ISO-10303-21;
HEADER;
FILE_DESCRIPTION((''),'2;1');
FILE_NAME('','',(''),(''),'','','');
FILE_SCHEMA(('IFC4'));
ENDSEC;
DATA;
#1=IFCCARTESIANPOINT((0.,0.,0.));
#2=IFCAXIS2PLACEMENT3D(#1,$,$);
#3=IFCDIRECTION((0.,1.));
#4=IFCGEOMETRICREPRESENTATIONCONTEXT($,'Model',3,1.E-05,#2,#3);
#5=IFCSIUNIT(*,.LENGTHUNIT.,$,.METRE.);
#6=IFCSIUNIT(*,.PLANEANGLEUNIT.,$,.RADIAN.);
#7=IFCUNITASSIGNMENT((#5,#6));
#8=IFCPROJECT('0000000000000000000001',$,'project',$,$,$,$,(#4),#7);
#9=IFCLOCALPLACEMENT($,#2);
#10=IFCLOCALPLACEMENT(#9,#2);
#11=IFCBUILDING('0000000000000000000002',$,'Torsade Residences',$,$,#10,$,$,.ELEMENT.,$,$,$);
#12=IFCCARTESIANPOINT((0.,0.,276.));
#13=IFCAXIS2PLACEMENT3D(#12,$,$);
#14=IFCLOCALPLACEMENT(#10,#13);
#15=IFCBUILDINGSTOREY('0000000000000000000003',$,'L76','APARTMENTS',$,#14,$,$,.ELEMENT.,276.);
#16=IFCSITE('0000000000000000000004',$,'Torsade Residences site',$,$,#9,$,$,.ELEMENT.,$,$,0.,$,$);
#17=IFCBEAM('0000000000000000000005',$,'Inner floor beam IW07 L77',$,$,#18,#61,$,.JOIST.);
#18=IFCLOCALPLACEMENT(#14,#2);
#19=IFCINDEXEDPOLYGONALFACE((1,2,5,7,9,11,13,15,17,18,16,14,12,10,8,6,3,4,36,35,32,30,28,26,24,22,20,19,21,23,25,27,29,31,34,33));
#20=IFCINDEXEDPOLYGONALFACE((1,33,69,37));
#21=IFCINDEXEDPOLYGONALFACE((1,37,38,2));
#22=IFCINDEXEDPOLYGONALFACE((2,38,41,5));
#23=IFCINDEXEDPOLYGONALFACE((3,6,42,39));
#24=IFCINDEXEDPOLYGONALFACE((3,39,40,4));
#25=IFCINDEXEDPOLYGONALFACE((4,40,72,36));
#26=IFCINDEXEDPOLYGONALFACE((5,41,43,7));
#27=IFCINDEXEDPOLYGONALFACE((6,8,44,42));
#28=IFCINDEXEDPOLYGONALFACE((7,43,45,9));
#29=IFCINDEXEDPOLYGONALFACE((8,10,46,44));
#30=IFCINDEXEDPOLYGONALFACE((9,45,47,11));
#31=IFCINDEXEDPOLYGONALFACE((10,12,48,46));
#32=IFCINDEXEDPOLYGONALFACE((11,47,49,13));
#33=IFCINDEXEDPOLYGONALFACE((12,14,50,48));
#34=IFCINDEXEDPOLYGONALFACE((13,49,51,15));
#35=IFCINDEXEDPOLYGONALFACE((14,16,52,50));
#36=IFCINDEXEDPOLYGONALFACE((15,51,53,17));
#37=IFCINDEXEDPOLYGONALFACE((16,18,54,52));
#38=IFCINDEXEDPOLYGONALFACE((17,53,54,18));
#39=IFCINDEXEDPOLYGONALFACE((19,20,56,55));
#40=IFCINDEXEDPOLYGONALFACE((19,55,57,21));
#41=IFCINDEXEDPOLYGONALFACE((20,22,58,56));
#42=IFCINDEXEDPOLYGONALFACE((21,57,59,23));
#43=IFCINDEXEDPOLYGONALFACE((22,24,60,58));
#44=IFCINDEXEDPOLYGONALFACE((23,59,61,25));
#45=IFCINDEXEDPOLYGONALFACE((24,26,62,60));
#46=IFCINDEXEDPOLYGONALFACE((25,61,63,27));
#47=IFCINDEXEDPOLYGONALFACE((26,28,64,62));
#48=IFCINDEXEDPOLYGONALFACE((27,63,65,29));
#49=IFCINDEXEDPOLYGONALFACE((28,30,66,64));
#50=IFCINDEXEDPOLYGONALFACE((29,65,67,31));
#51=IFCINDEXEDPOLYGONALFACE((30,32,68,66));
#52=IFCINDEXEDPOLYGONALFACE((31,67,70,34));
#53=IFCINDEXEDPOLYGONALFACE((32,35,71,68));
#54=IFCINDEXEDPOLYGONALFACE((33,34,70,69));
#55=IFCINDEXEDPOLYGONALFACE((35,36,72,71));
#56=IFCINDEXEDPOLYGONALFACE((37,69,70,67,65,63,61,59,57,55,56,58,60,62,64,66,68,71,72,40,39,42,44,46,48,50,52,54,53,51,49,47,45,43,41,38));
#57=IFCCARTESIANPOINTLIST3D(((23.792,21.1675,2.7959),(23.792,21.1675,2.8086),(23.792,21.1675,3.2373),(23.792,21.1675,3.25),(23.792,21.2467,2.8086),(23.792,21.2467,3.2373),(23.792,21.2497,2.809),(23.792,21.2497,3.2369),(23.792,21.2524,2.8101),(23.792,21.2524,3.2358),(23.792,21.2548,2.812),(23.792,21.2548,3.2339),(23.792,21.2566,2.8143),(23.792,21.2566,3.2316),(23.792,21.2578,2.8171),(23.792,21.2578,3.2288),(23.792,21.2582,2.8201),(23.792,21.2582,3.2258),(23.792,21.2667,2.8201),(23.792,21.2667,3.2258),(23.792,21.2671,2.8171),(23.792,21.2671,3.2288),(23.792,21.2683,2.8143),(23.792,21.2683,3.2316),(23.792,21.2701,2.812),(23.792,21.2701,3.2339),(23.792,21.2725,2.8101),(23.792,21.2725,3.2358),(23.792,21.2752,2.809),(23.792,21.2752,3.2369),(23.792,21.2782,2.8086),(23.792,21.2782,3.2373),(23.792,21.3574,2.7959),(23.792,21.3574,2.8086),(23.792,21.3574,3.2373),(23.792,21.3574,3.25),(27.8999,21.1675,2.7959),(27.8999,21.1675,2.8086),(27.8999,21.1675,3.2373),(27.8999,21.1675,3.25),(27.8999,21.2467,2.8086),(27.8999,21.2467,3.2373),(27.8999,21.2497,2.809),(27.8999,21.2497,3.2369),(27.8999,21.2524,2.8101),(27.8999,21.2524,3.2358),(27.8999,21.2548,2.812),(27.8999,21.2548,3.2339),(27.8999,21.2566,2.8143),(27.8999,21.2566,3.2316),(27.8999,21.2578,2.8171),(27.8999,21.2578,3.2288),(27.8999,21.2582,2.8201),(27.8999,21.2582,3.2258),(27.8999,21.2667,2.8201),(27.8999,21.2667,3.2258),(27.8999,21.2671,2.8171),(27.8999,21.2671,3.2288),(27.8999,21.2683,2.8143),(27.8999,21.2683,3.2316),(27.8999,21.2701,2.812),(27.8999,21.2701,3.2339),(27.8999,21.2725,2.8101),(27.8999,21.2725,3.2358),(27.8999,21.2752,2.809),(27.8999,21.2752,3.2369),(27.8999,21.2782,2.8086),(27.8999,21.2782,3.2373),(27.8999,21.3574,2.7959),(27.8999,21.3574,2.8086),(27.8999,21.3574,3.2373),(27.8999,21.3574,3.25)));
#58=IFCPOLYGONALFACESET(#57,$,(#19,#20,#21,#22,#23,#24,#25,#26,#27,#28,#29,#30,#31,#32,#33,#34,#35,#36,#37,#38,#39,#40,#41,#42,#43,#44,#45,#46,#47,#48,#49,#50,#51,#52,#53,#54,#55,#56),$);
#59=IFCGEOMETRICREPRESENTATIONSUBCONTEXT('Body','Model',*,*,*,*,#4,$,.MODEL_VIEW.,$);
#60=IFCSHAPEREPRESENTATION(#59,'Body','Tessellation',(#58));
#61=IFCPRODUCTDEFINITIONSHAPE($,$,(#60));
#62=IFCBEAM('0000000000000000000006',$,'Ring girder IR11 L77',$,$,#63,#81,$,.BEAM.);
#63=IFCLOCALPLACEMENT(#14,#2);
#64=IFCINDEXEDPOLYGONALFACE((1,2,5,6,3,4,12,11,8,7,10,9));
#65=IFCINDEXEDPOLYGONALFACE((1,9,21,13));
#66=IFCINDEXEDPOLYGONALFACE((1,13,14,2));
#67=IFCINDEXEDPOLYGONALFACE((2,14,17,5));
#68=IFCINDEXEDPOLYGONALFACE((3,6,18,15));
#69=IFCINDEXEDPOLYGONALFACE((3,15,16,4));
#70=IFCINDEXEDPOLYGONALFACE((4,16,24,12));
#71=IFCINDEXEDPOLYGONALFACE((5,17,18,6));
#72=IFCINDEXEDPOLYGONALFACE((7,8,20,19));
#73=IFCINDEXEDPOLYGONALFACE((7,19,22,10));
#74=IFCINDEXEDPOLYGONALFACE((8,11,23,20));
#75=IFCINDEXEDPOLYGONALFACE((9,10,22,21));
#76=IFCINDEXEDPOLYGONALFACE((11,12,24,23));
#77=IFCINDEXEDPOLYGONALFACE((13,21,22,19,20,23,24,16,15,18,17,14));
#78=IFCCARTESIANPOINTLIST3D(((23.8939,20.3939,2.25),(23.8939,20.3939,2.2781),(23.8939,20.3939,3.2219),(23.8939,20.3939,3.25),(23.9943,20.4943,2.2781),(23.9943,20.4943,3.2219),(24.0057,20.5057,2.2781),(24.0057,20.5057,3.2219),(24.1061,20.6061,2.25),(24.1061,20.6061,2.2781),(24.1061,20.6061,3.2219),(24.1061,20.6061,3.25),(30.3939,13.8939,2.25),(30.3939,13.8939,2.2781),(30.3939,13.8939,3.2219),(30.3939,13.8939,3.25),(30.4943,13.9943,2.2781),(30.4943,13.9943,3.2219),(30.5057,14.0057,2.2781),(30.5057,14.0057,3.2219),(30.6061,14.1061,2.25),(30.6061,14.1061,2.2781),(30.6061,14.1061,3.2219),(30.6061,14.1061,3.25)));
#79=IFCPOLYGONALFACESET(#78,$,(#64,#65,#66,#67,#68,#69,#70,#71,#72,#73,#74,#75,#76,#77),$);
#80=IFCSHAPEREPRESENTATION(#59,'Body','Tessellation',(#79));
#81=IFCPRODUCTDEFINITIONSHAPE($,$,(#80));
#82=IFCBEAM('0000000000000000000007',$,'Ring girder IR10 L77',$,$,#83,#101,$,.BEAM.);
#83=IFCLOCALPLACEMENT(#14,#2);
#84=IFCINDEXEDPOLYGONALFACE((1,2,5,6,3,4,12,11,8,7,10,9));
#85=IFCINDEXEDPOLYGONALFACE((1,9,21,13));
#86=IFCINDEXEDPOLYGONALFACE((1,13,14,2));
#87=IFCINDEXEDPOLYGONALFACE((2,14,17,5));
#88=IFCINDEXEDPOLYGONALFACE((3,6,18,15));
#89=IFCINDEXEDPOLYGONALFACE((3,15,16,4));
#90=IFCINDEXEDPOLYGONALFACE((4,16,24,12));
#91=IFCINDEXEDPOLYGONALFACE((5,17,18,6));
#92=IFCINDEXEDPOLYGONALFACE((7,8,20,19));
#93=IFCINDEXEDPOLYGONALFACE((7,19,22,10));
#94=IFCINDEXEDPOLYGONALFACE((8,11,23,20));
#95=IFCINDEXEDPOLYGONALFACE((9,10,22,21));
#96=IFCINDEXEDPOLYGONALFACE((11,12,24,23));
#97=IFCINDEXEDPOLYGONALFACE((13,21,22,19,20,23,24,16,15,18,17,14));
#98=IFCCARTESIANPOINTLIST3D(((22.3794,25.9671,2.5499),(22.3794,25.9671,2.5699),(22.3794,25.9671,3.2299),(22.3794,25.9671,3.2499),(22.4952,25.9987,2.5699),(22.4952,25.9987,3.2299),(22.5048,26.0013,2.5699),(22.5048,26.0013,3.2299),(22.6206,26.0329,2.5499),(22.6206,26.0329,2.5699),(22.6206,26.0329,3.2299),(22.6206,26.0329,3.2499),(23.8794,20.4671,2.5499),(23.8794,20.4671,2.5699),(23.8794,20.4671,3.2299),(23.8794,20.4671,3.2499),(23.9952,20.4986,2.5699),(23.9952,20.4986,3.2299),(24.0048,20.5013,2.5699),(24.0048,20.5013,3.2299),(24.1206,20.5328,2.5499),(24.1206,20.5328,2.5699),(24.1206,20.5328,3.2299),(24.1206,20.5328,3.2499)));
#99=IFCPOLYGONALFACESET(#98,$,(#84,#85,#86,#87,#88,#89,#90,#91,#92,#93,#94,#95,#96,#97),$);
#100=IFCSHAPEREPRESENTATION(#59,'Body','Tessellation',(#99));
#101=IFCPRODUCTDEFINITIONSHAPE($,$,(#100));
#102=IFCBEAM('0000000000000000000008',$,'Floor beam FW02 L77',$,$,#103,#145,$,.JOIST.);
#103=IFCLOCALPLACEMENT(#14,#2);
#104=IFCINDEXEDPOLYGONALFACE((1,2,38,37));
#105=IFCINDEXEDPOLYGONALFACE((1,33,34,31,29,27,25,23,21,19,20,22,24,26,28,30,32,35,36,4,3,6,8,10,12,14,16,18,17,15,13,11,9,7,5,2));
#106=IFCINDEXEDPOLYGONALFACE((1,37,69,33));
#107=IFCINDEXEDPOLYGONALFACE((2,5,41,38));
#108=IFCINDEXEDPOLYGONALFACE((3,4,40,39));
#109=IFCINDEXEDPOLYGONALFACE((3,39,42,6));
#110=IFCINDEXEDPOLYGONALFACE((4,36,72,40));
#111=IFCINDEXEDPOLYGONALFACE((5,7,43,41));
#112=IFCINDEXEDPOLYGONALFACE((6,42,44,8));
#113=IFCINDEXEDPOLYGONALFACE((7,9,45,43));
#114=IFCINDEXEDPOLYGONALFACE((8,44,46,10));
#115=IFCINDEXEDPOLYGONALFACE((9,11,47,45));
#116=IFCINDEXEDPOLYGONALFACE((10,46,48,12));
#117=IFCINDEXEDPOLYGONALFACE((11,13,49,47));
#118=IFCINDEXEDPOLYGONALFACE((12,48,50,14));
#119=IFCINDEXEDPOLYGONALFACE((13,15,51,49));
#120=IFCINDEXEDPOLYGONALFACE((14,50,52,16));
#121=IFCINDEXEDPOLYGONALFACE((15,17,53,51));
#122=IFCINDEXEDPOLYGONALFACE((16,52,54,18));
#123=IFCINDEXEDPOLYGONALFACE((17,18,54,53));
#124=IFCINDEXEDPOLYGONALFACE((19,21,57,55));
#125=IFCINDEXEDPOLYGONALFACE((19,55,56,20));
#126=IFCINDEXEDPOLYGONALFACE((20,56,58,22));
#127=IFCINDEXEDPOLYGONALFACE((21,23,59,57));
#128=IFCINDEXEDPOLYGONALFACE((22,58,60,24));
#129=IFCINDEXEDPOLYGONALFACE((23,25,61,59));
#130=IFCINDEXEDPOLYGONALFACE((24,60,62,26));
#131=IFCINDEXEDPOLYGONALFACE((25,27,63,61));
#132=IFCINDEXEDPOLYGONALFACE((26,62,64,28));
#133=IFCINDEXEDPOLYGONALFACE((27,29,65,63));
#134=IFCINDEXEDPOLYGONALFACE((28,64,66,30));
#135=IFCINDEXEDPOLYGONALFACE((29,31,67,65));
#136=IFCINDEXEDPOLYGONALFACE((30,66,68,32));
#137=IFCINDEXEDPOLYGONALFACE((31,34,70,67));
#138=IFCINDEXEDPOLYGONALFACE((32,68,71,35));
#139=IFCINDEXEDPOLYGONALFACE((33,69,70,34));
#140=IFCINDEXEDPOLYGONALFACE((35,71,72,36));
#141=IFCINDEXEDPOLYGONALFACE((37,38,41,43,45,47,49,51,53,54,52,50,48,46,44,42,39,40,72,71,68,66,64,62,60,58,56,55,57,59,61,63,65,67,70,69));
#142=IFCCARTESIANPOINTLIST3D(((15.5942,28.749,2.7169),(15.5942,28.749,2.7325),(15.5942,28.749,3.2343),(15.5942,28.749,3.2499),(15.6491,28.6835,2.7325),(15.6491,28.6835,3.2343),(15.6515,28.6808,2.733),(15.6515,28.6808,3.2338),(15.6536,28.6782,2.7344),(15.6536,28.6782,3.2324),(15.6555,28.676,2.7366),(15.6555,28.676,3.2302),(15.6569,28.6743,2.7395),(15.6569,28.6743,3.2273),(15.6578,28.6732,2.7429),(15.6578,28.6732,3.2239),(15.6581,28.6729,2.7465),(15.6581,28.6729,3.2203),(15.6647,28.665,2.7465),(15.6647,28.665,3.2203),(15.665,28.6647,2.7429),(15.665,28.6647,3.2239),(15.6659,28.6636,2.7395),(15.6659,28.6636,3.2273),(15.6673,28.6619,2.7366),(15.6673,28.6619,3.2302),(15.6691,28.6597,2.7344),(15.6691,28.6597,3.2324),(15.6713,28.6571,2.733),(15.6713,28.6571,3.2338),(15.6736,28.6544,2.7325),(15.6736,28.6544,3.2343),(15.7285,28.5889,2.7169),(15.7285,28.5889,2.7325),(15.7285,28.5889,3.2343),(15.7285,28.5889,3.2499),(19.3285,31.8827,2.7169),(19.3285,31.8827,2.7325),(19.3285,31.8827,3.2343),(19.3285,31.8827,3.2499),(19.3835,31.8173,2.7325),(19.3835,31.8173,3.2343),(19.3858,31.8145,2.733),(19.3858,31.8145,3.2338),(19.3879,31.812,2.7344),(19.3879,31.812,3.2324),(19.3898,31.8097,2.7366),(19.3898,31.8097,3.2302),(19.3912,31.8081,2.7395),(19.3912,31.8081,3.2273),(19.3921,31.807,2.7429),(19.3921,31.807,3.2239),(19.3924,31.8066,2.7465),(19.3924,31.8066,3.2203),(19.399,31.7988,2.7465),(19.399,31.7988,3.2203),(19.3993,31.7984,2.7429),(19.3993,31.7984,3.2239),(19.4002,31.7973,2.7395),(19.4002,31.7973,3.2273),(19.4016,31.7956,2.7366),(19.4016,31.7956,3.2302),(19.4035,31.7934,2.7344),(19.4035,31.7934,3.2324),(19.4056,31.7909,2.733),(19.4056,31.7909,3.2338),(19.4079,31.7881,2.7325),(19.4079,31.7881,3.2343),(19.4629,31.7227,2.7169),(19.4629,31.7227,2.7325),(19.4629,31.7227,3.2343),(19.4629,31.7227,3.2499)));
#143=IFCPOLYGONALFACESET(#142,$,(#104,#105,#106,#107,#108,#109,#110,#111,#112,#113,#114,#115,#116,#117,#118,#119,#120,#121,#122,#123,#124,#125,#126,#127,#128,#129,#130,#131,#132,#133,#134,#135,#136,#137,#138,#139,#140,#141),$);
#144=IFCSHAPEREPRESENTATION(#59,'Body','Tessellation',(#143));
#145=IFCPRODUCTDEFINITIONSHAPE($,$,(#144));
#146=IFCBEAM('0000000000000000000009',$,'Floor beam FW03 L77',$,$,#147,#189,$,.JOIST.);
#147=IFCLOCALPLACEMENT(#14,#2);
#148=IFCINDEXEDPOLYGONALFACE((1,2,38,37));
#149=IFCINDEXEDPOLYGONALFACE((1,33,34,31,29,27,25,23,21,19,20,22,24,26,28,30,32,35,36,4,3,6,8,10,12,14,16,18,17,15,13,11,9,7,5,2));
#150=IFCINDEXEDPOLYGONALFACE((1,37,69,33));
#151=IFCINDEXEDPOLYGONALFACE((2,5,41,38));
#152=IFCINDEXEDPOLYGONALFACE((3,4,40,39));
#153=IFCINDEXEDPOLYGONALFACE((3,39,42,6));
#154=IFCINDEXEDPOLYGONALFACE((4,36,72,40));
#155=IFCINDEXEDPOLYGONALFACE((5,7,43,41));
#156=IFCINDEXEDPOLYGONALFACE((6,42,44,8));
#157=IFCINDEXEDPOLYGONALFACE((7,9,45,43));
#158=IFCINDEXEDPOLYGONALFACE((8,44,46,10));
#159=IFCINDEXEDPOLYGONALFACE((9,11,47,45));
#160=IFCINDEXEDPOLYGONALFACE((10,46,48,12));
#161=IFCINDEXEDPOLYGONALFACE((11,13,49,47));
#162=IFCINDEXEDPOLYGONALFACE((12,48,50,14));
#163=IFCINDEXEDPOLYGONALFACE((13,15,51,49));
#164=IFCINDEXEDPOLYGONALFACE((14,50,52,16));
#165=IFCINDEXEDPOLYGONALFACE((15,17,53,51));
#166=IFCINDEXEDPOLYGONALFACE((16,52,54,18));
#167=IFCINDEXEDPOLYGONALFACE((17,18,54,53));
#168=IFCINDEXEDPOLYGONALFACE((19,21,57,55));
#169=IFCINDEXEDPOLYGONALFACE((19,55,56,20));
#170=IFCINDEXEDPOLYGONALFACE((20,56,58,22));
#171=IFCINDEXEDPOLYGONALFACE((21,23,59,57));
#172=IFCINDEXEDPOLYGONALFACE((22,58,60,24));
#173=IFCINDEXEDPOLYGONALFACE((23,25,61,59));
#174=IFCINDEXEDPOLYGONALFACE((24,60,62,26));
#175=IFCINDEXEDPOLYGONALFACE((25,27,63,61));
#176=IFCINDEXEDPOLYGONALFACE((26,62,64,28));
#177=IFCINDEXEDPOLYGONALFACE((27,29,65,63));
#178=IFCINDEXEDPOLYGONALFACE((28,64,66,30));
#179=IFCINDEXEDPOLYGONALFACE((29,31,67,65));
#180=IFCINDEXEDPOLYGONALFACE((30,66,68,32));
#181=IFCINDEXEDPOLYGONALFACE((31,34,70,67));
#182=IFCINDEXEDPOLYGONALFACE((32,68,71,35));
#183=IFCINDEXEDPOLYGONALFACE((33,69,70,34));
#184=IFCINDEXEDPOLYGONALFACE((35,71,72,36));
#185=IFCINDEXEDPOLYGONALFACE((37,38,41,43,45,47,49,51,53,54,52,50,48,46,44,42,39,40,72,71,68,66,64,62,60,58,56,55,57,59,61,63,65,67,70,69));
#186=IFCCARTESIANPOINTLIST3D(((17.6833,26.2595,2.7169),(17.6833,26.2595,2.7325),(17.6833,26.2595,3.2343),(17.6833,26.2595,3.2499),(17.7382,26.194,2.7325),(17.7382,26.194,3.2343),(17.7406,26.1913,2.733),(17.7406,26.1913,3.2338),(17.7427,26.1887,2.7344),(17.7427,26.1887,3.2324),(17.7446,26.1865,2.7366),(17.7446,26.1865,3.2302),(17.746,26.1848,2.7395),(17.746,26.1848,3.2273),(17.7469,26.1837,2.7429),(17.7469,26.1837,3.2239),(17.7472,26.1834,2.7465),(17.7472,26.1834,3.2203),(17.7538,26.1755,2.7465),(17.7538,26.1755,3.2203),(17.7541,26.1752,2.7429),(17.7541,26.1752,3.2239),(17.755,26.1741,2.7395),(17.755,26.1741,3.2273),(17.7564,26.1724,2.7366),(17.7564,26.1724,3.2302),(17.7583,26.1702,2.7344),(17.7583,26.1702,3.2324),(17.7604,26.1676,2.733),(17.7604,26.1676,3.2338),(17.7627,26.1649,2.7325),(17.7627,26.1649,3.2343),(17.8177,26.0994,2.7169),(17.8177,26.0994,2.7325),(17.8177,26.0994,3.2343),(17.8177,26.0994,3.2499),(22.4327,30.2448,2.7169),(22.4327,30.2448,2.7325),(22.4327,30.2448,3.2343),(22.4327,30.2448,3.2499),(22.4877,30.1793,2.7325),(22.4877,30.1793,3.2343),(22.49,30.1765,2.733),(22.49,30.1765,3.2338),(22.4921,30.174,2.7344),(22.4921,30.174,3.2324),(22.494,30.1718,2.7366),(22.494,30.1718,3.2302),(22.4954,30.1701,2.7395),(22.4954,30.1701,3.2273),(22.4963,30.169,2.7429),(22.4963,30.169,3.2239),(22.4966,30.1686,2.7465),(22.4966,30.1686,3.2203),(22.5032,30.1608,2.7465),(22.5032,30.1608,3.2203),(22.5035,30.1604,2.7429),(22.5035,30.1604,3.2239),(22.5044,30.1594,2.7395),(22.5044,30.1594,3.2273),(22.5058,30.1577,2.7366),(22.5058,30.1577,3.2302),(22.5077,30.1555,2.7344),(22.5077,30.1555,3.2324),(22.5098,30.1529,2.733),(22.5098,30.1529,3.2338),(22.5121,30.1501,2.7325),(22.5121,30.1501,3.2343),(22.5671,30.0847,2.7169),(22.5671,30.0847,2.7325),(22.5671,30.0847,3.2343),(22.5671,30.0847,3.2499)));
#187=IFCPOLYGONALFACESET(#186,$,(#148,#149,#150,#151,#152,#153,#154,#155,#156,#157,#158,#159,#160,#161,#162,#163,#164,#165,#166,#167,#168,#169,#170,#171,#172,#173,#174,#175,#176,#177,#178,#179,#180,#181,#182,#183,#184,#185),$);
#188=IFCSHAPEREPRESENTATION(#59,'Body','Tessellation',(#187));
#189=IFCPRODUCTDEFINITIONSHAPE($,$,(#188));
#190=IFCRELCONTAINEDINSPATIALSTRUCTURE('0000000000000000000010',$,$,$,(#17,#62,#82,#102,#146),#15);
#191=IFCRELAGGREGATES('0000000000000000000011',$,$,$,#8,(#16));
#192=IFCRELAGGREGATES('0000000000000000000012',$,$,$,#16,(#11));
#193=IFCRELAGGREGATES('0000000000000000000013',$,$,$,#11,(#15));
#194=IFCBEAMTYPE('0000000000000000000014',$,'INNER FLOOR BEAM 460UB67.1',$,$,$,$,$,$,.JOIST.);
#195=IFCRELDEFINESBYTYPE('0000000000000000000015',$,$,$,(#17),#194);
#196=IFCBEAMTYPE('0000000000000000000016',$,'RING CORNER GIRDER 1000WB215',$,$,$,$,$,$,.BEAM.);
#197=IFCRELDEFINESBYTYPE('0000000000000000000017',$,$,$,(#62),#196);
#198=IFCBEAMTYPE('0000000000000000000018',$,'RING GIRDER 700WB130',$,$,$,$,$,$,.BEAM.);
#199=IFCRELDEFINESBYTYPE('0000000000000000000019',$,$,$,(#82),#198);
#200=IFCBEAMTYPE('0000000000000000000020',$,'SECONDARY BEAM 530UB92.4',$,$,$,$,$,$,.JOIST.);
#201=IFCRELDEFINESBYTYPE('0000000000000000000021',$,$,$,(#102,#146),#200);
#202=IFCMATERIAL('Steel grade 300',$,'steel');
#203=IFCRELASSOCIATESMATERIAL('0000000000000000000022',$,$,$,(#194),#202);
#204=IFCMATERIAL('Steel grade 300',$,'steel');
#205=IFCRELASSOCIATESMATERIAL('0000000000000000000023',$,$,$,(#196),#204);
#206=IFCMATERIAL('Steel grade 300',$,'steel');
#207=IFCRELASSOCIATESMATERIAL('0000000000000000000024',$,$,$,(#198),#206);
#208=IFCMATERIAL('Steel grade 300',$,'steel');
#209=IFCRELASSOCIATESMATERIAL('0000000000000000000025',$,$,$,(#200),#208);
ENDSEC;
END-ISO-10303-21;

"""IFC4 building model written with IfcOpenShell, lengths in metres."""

from ifc_helpers import new_model, si_unit, direction, frame, origin, origin_2d, place, context, subcontext, project, spatial, i_section, extrude, material, material_profile, profile_set, type_object, element, save


model = new_model("IFC4")

# Units and contexts
model_context = context("Model", 3, precision=1e-05, world=origin(), true_north=direction((0.0, 1.0)))
body_context = subcontext(model_context, "Body", "Model", "MODEL_VIEW")
ifc_project = project(units=[si_unit("LENGTHUNIT", "METRE"), si_unit("PLANEANGLEUNIT", "RADIAN")], contexts=[model_context])

# Site, building, storey
site_placement = place(None, origin())
site = spatial("IfcSite", under=ifc_project, at=site_placement, Name="Torsade Residences site", CompositionType="ELEMENT", RefElevation=0.0)
building_placement = place(site_placement, origin())
building = spatial("IfcBuilding", under=site, at=building_placement, Name="Torsade Residences", CompositionType="ELEMENT")
storey_placement = place(building_placement, frame((0.0, 0.0, 276.0)))
storey = spatial("IfcBuildingStorey", under=building, at=storey_placement, Name="L76", Description="APARTMENTS", CompositionType="ELEMENT", Elevation=276.0)

# Beams
ifc_material_1 = material(Name="Steel grade 300", Category="steel")
ifc_material_profile_1 = material_profile(ifc_material_1, i_section(OverallWidth=0.1899, OverallDepth=0.4541, WebThickness=0.0085, FlangeThickness=0.0127, FilletRadius=0.0115, at=origin_2d()), Name="460UB67.1")
ifc_profile_set_1 = profile_set([ifc_material_profile_1], Name="Steel grade 300")
beam_type_1 = type_object("IfcBeamType", Name="INNER FLOOR BEAM 460UB67.1", PredefinedType="JOIST", material=ifc_profile_set_1)
beam_1_placement = place(storey_placement, frame((27.8999, 21.2625, 3.0229), z_axis=(-1.0, 0.0, 0.0), x_axis=(0.0, -1.0, 0.0)))
element("IfcBeam", 1, at=beam_1_placement, inside=storey, type_object=beam_type_1, Name="Inner floor beam IW07 L77", PredefinedType="JOIST", context=body_context, shape_type="SweptSolid", body=[
    extrude(i_section(OverallWidth=0.1899, OverallDepth=0.4541, WebThickness=0.0085, FlangeThickness=0.0127, FilletRadius=0.0115, at=origin_2d()), origin(), (0.0, 0.0, 1.0), 4.1079),
])
ifc_material_2 = material(Name="Steel grade 300", Category="steel")
ifc_material_profile_2 = material_profile(ifc_material_2, i_section(OverallWidth=0.3, OverallDepth=1.0, WebThickness=0.0161, FlangeThickness=0.0281, at=origin_2d()), Name="1000WB215")
ifc_profile_set_2 = profile_set([ifc_material_profile_2], Name="Steel grade 300")
beam_type_2 = type_object("IfcBeamType", Name="RING CORNER GIRDER 1000WB215", PredefinedType="BEAM", material=ifc_profile_set_2)
beam_2_placement = place(storey_placement, frame((24.0, 20.5, 2.75), z_axis=(0.707107, -0.707107, 0.0), x_axis=(0.707107, 0.707107, 0.0)))
element("IfcBeam", 2, at=beam_2_placement, inside=storey, type_object=beam_type_2, Name="Ring girder IR11 L77", PredefinedType="BEAM", context=body_context, shape_type="SweptSolid", body=[
    extrude(i_section(OverallWidth=0.3, OverallDepth=1.0, WebThickness=0.0161, FlangeThickness=0.0281, at=origin_2d()), origin(), (0.0, 0.0, 1.0), 9.1924),
])
ifc_material_3 = material(Name="Steel grade 300", Category="steel")
ifc_material_profile_3 = material_profile(ifc_material_3, i_section(OverallWidth=0.25, OverallDepth=0.7, WebThickness=0.01, FlangeThickness=0.02, at=origin_2d()), Name="700WB130")
ifc_profile_set_3 = profile_set([ifc_material_profile_3], Name="Steel grade 300")
beam_type_3 = type_object("IfcBeamType", Name="RING GIRDER 700WB130", PredefinedType="BEAM", material=ifc_profile_set_3)
beam_3_placement = place(storey_placement, frame((22.5, 26.0, 2.8999), z_axis=(0.263117, -0.964764, 0.0), x_axis=(0.964764, 0.263117, 0.0)))
element("IfcBeam", 3, at=beam_3_placement, inside=storey, type_object=beam_type_3, Name="Ring girder IR10 L77", PredefinedType="BEAM", context=body_context, shape_type="SweptSolid", body=[
    extrude(i_section(OverallWidth=0.25, OverallDepth=0.7, WebThickness=0.01, FlangeThickness=0.02, at=origin_2d()), origin(), (0.0, 0.0, 1.0), 5.7009),
])
ifc_material_4 = material(Name="Steel grade 300", Category="steel")
ifc_material_profile_4 = material_profile(ifc_material_4, i_section(OverallWidth=0.209, OverallDepth=0.533, WebThickness=0.0103, FlangeThickness=0.0156, FilletRadius=0.0139, at=origin_2d()), Name="530UB92.4")
ifc_profile_set_4 = profile_set([ifc_material_profile_4], Name="Steel grade 300")
beam_type_4 = type_object("IfcBeamType", Name="SECONDARY BEAM 530UB92.4", PredefinedType="JOIST", material=ifc_profile_set_4)
beam_4_placement = place(storey_placement, frame((15.6614, 28.6689, 2.9834), z_axis=(0.766017, 0.642821, 0.0), x_axis=(-0.642821, 0.766017, 0.0)))
element("IfcBeam", 4, at=beam_4_placement, inside=storey, type_object=beam_type_4, Name="Floor beam FW02 L77", PredefinedType="JOIST", context=body_context, shape_type="SweptSolid", body=[
    extrude(i_section(OverallWidth=0.209, OverallDepth=0.533, WebThickness=0.0103, FlangeThickness=0.0156, FilletRadius=0.0139, at=origin_2d()), origin(), (0.0, 0.0, 1.0), 4.875),
])
beam_5_placement = place(storey_placement, frame((17.7505, 26.1794, 2.9834), z_axis=(0.766041, 0.642791, 0.0), x_axis=(-0.642791, 0.766041, 0.0)))
element("IfcBeam", 5, at=beam_5_placement, inside=storey, type_object=beam_type_4, Name="Floor beam FW03 L77", PredefinedType="JOIST", context=body_context, shape_type="SweptSolid", body=[
    extrude(i_section(OverallWidth=0.209, OverallDepth=0.533, WebThickness=0.0103, FlangeThickness=0.0156, FilletRadius=0.0139, at=origin_2d()), origin(), (0.0, 0.0, 1.0), 6.2),
])

save(model, "model.ifc")
